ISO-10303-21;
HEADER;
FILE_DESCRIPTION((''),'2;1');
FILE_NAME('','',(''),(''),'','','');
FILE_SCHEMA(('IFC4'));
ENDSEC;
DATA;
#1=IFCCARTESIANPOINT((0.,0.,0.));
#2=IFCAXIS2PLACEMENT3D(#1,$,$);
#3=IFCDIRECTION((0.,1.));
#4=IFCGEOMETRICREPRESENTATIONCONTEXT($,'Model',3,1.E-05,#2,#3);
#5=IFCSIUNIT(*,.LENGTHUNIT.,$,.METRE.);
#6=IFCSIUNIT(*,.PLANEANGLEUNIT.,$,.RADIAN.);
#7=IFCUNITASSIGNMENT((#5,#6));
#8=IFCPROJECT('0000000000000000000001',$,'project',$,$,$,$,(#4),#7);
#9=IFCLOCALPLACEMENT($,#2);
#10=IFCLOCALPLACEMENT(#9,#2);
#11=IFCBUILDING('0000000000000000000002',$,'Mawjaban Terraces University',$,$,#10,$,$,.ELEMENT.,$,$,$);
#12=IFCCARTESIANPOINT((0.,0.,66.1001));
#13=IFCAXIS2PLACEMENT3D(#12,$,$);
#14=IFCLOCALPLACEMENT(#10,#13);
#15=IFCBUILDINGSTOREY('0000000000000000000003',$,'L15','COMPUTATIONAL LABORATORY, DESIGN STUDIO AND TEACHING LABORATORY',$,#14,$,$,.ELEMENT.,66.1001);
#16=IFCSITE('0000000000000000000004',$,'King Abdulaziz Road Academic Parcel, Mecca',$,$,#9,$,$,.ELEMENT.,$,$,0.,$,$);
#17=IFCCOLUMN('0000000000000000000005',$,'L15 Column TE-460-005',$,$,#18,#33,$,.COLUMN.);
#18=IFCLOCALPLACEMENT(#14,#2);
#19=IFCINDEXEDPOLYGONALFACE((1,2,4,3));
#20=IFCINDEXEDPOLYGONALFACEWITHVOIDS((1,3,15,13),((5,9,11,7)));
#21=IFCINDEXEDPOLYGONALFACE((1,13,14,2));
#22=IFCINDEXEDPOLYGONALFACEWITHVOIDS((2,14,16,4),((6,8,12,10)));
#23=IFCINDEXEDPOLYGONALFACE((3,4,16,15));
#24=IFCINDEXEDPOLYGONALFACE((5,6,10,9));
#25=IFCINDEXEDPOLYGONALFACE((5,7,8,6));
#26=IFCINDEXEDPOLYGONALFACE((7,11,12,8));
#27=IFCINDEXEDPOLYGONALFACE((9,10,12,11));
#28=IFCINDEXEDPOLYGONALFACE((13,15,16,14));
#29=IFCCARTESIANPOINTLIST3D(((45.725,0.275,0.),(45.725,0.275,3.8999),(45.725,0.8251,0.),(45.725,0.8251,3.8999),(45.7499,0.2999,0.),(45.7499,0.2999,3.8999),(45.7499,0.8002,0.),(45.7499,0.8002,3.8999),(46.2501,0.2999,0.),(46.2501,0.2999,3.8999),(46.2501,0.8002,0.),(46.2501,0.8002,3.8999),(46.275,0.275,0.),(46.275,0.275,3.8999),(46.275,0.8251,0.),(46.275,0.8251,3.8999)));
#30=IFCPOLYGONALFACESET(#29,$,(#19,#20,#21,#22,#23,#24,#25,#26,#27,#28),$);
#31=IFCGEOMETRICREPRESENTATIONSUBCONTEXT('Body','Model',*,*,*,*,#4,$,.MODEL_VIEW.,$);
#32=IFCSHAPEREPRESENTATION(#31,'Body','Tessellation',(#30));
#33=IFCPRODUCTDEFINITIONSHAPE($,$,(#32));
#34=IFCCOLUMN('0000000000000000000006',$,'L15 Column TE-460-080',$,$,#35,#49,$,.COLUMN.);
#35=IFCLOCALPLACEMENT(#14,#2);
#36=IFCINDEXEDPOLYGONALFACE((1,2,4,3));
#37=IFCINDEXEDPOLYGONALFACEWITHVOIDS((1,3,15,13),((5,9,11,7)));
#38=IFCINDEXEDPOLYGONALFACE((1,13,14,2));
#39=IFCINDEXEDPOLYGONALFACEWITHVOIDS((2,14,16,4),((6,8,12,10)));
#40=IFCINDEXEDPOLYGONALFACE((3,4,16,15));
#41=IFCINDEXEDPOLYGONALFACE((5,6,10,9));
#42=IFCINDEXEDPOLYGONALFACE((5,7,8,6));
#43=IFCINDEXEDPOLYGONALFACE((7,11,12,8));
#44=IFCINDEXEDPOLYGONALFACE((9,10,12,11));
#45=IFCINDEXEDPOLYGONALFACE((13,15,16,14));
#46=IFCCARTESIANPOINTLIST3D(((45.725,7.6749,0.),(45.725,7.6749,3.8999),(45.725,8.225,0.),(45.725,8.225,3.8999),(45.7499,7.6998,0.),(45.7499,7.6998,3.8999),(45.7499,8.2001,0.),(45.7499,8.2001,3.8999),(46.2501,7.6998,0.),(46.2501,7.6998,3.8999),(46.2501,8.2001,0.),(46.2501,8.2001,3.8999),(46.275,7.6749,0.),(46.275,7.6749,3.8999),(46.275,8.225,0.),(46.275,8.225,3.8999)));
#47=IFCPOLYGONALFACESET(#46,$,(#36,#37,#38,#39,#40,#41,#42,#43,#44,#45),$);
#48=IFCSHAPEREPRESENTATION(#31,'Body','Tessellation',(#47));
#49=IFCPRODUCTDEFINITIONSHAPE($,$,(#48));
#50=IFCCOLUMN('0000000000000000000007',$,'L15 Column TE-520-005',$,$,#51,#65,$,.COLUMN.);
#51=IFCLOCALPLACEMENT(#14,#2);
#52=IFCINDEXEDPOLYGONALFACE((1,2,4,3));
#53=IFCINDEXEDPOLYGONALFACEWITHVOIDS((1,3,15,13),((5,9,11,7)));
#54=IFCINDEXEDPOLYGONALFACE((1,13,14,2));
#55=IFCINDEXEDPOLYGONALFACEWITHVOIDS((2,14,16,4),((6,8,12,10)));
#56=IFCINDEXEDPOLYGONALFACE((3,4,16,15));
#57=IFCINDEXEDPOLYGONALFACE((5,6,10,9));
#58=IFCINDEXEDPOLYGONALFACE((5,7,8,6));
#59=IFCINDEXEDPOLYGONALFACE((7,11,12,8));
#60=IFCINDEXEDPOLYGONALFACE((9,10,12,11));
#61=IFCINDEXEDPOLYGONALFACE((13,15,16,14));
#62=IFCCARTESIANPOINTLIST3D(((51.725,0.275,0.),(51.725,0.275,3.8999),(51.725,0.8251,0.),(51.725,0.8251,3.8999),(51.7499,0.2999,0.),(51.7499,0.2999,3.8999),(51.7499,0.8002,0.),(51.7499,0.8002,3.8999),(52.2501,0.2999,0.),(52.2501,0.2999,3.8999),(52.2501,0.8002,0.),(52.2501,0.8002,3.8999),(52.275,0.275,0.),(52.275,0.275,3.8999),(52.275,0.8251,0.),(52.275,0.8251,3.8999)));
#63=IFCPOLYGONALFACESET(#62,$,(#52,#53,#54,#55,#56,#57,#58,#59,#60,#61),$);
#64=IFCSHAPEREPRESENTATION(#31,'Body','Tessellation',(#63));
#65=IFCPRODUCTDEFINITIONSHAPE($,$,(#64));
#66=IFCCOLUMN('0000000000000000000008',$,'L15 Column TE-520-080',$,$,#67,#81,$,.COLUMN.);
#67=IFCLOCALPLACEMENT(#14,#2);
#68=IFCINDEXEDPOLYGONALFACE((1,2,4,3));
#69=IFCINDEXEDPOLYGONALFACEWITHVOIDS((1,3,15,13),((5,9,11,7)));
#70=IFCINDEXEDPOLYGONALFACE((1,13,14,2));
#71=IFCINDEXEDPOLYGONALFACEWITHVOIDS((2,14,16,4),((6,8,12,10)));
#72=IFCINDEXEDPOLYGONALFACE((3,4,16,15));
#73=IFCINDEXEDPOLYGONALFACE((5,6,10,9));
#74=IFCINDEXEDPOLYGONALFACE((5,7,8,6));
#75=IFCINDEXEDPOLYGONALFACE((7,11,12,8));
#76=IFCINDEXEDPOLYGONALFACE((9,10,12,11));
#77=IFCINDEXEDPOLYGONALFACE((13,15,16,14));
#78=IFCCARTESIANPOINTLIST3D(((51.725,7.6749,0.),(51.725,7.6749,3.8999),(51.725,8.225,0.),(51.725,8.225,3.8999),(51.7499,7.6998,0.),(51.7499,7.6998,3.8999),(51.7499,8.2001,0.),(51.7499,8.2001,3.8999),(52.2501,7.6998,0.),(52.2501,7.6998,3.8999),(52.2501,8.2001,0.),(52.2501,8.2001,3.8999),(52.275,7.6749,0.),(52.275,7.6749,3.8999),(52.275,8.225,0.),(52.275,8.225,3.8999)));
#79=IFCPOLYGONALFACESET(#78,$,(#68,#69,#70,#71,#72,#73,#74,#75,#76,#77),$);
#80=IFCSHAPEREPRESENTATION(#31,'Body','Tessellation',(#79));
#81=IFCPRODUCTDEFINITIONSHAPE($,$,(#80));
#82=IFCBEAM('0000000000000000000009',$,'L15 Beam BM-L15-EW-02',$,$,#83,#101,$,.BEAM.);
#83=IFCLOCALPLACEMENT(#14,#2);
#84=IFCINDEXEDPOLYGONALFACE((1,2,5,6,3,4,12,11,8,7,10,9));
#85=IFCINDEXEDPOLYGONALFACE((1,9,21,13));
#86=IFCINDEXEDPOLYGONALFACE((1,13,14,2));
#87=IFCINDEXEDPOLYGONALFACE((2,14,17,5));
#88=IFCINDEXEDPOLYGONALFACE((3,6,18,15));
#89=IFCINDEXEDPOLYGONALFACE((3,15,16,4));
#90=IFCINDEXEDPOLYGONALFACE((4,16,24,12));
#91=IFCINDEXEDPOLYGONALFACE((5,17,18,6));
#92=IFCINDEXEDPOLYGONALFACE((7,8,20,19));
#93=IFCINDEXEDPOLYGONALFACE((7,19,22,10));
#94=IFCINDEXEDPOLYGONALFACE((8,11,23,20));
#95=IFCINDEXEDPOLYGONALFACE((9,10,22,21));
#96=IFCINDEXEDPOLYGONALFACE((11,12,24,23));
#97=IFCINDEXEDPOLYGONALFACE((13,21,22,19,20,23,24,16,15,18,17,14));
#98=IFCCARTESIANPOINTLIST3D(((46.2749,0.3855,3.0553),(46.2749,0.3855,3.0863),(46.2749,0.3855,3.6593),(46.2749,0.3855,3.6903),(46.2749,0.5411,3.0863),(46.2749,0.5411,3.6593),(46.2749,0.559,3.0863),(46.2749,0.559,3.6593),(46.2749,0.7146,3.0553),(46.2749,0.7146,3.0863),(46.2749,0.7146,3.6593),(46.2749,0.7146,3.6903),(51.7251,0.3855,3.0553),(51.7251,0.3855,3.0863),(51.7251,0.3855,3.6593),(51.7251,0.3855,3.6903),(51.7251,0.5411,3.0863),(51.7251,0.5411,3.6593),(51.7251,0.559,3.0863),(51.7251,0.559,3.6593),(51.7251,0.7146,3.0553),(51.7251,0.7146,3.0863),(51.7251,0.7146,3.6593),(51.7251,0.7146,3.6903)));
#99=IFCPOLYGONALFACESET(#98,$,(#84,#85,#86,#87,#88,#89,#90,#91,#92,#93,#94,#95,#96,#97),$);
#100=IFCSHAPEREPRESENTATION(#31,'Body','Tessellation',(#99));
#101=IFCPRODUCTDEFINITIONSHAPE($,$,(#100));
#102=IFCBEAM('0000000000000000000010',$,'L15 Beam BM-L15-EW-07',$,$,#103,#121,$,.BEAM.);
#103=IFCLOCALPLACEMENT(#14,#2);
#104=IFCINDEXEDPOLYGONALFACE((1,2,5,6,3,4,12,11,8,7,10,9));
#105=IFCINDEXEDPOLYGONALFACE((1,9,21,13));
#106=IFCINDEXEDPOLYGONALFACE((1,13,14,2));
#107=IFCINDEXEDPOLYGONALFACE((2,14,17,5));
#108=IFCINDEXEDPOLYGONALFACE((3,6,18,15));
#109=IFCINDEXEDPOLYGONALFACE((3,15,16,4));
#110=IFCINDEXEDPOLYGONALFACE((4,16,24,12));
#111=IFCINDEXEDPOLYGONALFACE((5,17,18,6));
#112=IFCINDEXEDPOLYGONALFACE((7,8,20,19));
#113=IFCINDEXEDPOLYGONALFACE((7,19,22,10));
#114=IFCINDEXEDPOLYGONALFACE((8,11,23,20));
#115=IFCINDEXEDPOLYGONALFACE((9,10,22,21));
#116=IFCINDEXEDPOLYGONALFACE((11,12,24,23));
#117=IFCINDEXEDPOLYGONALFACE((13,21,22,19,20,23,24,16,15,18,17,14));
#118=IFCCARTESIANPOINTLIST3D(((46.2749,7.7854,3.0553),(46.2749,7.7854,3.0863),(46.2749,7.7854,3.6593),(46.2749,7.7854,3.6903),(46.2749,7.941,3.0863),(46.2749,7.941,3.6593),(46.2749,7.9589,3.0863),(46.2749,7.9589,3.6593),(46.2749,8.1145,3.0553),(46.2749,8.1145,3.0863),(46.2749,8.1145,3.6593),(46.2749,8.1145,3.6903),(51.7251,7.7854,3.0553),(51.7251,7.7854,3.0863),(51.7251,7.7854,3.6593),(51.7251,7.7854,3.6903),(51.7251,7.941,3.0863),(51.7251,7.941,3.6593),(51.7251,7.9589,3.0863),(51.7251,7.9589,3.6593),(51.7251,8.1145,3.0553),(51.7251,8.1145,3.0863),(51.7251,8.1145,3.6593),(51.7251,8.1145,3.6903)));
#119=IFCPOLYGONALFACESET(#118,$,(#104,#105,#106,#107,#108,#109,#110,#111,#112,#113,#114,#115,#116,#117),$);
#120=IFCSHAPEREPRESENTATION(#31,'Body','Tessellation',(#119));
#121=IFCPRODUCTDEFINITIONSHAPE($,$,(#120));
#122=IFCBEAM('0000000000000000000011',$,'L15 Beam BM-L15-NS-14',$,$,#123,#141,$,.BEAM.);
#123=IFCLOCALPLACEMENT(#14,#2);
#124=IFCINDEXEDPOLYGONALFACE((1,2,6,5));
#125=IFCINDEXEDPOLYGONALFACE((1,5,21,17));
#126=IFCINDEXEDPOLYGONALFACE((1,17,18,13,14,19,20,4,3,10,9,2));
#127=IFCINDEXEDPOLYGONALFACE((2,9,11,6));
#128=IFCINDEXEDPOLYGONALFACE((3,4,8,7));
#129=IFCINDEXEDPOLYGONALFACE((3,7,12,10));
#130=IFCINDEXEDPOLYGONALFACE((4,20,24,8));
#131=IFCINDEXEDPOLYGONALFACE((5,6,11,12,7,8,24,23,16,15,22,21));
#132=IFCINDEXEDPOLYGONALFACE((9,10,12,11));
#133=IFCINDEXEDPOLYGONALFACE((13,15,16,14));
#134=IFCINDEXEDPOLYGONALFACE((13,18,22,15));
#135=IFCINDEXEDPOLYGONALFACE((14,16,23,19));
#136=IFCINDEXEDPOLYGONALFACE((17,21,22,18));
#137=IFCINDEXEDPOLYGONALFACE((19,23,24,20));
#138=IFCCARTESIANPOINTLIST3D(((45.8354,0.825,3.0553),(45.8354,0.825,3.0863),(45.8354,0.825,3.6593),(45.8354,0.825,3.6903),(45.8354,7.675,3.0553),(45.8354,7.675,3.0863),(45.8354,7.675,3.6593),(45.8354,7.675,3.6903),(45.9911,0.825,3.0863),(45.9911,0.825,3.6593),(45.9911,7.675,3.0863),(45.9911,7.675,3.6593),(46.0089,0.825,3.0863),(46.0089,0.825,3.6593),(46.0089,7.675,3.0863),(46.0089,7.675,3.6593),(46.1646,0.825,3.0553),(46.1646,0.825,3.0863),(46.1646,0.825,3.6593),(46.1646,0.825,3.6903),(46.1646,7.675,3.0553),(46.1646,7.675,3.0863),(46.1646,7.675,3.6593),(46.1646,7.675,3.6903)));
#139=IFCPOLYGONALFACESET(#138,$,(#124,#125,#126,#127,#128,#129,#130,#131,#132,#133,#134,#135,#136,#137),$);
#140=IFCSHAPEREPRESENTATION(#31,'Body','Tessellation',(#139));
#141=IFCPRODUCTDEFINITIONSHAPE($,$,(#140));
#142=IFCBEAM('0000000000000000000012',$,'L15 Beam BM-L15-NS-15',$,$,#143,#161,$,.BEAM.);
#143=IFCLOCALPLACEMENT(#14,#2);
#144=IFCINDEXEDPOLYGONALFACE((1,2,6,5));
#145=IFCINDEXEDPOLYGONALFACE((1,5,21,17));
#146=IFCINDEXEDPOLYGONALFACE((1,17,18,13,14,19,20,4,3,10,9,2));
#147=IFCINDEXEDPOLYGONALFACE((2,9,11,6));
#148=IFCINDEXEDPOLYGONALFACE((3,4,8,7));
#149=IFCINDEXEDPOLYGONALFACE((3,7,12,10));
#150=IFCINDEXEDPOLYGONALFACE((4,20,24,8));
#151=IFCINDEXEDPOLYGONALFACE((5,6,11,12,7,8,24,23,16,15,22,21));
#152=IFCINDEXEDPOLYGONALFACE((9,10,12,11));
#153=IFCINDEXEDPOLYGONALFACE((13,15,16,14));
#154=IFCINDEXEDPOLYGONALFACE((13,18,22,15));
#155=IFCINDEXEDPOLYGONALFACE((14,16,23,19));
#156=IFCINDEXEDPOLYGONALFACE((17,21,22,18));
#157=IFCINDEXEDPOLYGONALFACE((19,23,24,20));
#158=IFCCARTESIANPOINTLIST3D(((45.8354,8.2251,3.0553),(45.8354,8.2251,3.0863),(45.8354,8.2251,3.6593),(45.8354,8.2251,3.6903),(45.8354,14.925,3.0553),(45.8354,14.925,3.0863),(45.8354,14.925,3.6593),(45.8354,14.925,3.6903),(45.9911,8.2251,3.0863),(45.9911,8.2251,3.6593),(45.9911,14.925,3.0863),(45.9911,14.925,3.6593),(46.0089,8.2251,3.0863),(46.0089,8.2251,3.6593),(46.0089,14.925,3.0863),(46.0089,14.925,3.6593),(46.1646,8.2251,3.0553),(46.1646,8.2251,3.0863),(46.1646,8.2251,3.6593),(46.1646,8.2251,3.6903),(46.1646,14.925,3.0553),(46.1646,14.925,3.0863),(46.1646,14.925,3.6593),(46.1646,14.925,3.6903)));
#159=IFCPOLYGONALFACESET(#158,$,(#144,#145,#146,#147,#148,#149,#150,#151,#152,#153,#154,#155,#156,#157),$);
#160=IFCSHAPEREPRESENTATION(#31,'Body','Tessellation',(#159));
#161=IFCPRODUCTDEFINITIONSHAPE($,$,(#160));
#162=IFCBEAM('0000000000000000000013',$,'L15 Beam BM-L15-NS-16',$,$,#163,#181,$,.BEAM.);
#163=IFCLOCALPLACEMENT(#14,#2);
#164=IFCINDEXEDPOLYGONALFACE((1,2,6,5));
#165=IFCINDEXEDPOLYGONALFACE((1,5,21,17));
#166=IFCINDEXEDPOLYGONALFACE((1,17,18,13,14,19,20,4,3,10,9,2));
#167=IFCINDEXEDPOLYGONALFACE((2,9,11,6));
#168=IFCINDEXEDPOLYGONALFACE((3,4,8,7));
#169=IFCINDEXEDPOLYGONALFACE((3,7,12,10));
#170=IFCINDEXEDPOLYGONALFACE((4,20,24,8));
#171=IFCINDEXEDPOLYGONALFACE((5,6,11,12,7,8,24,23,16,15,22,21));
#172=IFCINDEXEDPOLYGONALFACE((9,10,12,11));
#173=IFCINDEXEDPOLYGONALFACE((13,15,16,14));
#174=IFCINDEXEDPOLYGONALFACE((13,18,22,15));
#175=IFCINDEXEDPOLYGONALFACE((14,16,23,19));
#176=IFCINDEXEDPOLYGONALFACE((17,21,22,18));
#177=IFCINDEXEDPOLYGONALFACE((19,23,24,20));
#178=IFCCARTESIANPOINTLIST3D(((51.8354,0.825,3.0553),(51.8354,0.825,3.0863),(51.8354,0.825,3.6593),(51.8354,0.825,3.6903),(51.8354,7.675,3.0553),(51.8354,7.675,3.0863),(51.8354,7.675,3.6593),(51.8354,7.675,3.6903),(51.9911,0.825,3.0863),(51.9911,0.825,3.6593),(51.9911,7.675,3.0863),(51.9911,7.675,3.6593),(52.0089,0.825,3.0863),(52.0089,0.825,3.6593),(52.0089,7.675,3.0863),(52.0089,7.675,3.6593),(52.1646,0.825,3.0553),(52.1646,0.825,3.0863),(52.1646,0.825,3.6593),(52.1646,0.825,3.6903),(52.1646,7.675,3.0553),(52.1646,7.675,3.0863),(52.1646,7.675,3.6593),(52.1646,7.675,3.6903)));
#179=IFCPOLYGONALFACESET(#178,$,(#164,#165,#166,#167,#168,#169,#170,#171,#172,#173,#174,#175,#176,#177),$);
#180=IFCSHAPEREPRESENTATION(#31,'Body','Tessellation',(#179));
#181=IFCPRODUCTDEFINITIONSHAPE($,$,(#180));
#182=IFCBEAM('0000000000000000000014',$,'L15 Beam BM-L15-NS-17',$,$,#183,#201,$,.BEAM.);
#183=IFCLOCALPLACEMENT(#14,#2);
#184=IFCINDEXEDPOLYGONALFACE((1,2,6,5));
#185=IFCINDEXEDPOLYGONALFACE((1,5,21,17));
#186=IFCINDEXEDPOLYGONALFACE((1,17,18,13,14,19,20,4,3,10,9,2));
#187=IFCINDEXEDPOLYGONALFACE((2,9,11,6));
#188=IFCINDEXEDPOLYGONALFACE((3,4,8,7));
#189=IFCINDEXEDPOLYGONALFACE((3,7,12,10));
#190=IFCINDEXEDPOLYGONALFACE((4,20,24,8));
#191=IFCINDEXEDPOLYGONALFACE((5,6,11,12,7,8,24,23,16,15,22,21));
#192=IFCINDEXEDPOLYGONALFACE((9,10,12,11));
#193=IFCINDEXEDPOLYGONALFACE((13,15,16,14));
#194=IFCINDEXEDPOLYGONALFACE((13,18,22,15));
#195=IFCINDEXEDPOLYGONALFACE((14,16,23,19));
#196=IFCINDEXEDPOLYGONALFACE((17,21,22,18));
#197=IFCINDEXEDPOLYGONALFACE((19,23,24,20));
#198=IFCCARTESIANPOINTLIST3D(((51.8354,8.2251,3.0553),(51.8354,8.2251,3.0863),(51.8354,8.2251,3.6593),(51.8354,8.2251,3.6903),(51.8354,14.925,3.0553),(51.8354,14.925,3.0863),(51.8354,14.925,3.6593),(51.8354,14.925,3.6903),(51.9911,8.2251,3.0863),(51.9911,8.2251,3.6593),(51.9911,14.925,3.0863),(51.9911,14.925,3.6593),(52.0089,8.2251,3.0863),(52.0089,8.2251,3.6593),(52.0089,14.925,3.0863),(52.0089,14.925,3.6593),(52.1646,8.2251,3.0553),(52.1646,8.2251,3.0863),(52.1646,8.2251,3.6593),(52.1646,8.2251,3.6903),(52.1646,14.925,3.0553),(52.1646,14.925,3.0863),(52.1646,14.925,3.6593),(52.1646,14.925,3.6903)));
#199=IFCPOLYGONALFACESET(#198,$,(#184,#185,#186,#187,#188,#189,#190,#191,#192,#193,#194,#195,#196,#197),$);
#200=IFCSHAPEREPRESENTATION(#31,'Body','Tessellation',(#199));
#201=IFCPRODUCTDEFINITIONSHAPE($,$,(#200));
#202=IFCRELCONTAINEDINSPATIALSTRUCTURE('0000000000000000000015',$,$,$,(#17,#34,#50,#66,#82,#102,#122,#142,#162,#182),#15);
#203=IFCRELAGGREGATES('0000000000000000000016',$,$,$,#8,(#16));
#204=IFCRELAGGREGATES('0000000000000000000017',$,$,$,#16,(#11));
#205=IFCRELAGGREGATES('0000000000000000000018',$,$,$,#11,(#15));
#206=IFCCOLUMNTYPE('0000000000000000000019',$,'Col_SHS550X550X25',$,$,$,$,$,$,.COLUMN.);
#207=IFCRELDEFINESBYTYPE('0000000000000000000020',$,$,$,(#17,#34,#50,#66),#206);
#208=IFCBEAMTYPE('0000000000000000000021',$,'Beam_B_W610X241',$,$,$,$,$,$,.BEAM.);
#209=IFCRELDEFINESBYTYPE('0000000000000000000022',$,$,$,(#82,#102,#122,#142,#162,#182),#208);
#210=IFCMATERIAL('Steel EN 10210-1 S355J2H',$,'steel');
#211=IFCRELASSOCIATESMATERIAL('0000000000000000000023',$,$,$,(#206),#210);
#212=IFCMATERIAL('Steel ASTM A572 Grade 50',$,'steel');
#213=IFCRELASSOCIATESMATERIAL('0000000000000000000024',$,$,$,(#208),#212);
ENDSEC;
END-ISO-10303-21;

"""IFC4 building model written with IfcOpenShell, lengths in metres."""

from ifc_helpers import new_model, si_unit, direction, frame, origin, origin_2d, place, context, subcontext, project, spatial, hollow_rectangle, i_section, extrude, material, material_profile, profile_set, type_object, element, save


model = new_model("IFC4")

# Units and contexts
model_context = context("Model", 3, precision=1e-05, world=origin(), true_north=direction((0.0, 1.0)))
body_context = subcontext(model_context, "Body", "Model", "MODEL_VIEW")
ifc_project = project(units=[si_unit("LENGTHUNIT", "METRE"), si_unit("PLANEANGLEUNIT", "RADIAN")], contexts=[model_context])

# Site, building, storey
site_placement = place(None, origin())
site = spatial("IfcSite", under=ifc_project, at=site_placement, Name="King Abdulaziz Road Academic Parcel, Mecca", CompositionType="ELEMENT", RefElevation=0.0)
building_placement = place(site_placement, origin())
building = spatial("IfcBuilding", under=site, at=building_placement, Name="Mawjaban Terraces University", CompositionType="ELEMENT")
storey_placement = place(building_placement, frame((0.0, 0.0, 66.1001)))
storey = spatial("IfcBuildingStorey", under=building, at=storey_placement, Name="L15", Description="COMPUTATIONAL LABORATORY, DESIGN STUDIO AND TEACHING LABORATORY", CompositionType="ELEMENT", Elevation=66.1001)

# Columns
ifc_material_1 = material(Name="Steel EN 10210-1 S355J2H", Category="steel")
ifc_material_profile_1 = material_profile(ifc_material_1, hollow_rectangle(XDim=0.55, YDim=0.55, WallThickness=0.0249, at=origin_2d()), Name="SHS550X550X25")
ifc_profile_set_1 = profile_set([ifc_material_profile_1], Name="Steel EN 10210-1 S355J2H")
column_type = type_object("IfcColumnType", Name="Col_SHS550X550X25", PredefinedType="COLUMN", material=ifc_profile_set_1)
for number, where, z_axis, x_axis, name in (
    (1, (46.0, 0.55, 0.0), (0.0, 0.0, 1.0), (1.0, 0.0, 0.0), "L15 Column TE-460-005"),
    (2, (46.0, 7.95, 0.0), (0.0, 0.0, 1.0), (1.0, 0.0, 0.0), "L15 Column TE-460-080"),
    (3, (52.0, 0.55, 0.0), (0.0, 0.0, 1.0), (1.0, 0.0, 0.0), "L15 Column TE-520-005"),
    (4, (52.0, 7.95, 0.0), (0.0, 0.0, 1.0), (1.0, 0.0, 0.0), "L15 Column TE-520-080"),
):
    element("IfcColumn", number, at=place(storey_placement, frame(where, z_axis=z_axis, x_axis=x_axis)), inside=storey, type_object=column_type, Name=name, PredefinedType="COLUMN", context=body_context, shape_type="SweptSolid", body=[
        extrude(hollow_rectangle(XDim=0.55, YDim=0.55, WallThickness=0.0249, at=origin_2d()), origin(), (0.0, 0.0, 1.0), 3.8999),
    ])

# Beams
ifc_material_2 = material(Name="Steel ASTM A572 Grade 50", Category="steel")
ifc_material_profile_2 = material_profile(ifc_material_2, i_section(OverallWidth=0.3291, OverallDepth=0.635, WebThickness=0.0178, FlangeThickness=0.031, at=origin_2d()), Name="W610X241")
ifc_profile_set_2 = profile_set([ifc_material_profile_2], Name="Steel ASTM A572 Grade 50")
beam_type_1 = type_object("IfcBeamType", Name="Beam_B_W610X241", PredefinedType="BEAM", material=ifc_profile_set_2)
for number, where, z_axis, x_axis, name in (
    (5, (46.2749, 0.55, 3.3728), (1.0, 0.0, 0.0), (0.0, 1.0, 0.0), "L15 Beam BM-L15-EW-02"),
    (6, (46.2749, 7.95, 3.3728), (1.0, 0.0, 0.0), (0.0, 1.0, 0.0), "L15 Beam BM-L15-EW-07"),
):
    element("IfcBeam", number, at=place(storey_placement, frame(where, z_axis=z_axis, x_axis=x_axis)), inside=storey, type_object=beam_type_1, Name=name, PredefinedType="BEAM", context=body_context, shape_type="SweptSolid", body=[
        extrude(i_section(OverallWidth=0.3291, OverallDepth=0.635, WebThickness=0.0178, FlangeThickness=0.031, at=origin_2d()), origin(), (0.0, 0.0, 1.0), 5.4502),
    ])
beam_1_placement = place(storey_placement, frame((46.0, 0.825, 3.3728), z_axis=(0.0, 1.0, 0.0), x_axis=(-1.0, 0.0, 0.0)))
element("IfcBeam", 7, at=beam_1_placement, inside=storey, type_object=beam_type_1, Name="L15 Beam BM-L15-NS-14", PredefinedType="BEAM", context=body_context, shape_type="SweptSolid", body=[
    extrude(i_section(OverallWidth=0.3291, OverallDepth=0.635, WebThickness=0.0178, FlangeThickness=0.031, at=origin_2d()), origin(), (0.0, 0.0, 1.0), 6.8501),
])
beam_2_placement = place(storey_placement, frame((46.0, 8.2251, 3.3728), z_axis=(0.0, 1.0, 0.0), x_axis=(-1.0, 0.0, 0.0)))
element("IfcBeam", 8, at=beam_2_placement, inside=storey, type_object=beam_type_1, Name="L15 Beam BM-L15-NS-15", PredefinedType="BEAM", context=body_context, shape_type="SweptSolid", body=[
    extrude(i_section(OverallWidth=0.3291, OverallDepth=0.635, WebThickness=0.0178, FlangeThickness=0.031, at=origin_2d()), origin(), (0.0, 0.0, 1.0), 6.7),
])
beam_3_placement = place(storey_placement, frame((52.0, 0.825, 3.3728), z_axis=(0.0, 1.0, 0.0), x_axis=(-1.0, 0.0, 0.0)))
element("IfcBeam", 9, at=beam_3_placement, inside=storey, type_object=beam_type_1, Name="L15 Beam BM-L15-NS-16", PredefinedType="BEAM", context=body_context, shape_type="SweptSolid", body=[
    extrude(i_section(OverallWidth=0.3291, OverallDepth=0.635, WebThickness=0.0178, FlangeThickness=0.031, at=origin_2d()), origin(), (0.0, 0.0, 1.0), 6.8501),
])
beam_4_placement = place(storey_placement, frame((52.0, 8.2251, 3.3728), z_axis=(0.0, 1.0, 0.0), x_axis=(-1.0, 0.0, 0.0)))
element("IfcBeam", 10, at=beam_4_placement, inside=storey, type_object=beam_type_1, Name="L15 Beam BM-L15-NS-17", PredefinedType="BEAM", context=body_context, shape_type="SweptSolid", body=[
    extrude(i_section(OverallWidth=0.3291, OverallDepth=0.635, WebThickness=0.0178, FlangeThickness=0.031, at=origin_2d()), origin(), (0.0, 0.0, 1.0), 6.7),
])

save(model, "model.ifc")
